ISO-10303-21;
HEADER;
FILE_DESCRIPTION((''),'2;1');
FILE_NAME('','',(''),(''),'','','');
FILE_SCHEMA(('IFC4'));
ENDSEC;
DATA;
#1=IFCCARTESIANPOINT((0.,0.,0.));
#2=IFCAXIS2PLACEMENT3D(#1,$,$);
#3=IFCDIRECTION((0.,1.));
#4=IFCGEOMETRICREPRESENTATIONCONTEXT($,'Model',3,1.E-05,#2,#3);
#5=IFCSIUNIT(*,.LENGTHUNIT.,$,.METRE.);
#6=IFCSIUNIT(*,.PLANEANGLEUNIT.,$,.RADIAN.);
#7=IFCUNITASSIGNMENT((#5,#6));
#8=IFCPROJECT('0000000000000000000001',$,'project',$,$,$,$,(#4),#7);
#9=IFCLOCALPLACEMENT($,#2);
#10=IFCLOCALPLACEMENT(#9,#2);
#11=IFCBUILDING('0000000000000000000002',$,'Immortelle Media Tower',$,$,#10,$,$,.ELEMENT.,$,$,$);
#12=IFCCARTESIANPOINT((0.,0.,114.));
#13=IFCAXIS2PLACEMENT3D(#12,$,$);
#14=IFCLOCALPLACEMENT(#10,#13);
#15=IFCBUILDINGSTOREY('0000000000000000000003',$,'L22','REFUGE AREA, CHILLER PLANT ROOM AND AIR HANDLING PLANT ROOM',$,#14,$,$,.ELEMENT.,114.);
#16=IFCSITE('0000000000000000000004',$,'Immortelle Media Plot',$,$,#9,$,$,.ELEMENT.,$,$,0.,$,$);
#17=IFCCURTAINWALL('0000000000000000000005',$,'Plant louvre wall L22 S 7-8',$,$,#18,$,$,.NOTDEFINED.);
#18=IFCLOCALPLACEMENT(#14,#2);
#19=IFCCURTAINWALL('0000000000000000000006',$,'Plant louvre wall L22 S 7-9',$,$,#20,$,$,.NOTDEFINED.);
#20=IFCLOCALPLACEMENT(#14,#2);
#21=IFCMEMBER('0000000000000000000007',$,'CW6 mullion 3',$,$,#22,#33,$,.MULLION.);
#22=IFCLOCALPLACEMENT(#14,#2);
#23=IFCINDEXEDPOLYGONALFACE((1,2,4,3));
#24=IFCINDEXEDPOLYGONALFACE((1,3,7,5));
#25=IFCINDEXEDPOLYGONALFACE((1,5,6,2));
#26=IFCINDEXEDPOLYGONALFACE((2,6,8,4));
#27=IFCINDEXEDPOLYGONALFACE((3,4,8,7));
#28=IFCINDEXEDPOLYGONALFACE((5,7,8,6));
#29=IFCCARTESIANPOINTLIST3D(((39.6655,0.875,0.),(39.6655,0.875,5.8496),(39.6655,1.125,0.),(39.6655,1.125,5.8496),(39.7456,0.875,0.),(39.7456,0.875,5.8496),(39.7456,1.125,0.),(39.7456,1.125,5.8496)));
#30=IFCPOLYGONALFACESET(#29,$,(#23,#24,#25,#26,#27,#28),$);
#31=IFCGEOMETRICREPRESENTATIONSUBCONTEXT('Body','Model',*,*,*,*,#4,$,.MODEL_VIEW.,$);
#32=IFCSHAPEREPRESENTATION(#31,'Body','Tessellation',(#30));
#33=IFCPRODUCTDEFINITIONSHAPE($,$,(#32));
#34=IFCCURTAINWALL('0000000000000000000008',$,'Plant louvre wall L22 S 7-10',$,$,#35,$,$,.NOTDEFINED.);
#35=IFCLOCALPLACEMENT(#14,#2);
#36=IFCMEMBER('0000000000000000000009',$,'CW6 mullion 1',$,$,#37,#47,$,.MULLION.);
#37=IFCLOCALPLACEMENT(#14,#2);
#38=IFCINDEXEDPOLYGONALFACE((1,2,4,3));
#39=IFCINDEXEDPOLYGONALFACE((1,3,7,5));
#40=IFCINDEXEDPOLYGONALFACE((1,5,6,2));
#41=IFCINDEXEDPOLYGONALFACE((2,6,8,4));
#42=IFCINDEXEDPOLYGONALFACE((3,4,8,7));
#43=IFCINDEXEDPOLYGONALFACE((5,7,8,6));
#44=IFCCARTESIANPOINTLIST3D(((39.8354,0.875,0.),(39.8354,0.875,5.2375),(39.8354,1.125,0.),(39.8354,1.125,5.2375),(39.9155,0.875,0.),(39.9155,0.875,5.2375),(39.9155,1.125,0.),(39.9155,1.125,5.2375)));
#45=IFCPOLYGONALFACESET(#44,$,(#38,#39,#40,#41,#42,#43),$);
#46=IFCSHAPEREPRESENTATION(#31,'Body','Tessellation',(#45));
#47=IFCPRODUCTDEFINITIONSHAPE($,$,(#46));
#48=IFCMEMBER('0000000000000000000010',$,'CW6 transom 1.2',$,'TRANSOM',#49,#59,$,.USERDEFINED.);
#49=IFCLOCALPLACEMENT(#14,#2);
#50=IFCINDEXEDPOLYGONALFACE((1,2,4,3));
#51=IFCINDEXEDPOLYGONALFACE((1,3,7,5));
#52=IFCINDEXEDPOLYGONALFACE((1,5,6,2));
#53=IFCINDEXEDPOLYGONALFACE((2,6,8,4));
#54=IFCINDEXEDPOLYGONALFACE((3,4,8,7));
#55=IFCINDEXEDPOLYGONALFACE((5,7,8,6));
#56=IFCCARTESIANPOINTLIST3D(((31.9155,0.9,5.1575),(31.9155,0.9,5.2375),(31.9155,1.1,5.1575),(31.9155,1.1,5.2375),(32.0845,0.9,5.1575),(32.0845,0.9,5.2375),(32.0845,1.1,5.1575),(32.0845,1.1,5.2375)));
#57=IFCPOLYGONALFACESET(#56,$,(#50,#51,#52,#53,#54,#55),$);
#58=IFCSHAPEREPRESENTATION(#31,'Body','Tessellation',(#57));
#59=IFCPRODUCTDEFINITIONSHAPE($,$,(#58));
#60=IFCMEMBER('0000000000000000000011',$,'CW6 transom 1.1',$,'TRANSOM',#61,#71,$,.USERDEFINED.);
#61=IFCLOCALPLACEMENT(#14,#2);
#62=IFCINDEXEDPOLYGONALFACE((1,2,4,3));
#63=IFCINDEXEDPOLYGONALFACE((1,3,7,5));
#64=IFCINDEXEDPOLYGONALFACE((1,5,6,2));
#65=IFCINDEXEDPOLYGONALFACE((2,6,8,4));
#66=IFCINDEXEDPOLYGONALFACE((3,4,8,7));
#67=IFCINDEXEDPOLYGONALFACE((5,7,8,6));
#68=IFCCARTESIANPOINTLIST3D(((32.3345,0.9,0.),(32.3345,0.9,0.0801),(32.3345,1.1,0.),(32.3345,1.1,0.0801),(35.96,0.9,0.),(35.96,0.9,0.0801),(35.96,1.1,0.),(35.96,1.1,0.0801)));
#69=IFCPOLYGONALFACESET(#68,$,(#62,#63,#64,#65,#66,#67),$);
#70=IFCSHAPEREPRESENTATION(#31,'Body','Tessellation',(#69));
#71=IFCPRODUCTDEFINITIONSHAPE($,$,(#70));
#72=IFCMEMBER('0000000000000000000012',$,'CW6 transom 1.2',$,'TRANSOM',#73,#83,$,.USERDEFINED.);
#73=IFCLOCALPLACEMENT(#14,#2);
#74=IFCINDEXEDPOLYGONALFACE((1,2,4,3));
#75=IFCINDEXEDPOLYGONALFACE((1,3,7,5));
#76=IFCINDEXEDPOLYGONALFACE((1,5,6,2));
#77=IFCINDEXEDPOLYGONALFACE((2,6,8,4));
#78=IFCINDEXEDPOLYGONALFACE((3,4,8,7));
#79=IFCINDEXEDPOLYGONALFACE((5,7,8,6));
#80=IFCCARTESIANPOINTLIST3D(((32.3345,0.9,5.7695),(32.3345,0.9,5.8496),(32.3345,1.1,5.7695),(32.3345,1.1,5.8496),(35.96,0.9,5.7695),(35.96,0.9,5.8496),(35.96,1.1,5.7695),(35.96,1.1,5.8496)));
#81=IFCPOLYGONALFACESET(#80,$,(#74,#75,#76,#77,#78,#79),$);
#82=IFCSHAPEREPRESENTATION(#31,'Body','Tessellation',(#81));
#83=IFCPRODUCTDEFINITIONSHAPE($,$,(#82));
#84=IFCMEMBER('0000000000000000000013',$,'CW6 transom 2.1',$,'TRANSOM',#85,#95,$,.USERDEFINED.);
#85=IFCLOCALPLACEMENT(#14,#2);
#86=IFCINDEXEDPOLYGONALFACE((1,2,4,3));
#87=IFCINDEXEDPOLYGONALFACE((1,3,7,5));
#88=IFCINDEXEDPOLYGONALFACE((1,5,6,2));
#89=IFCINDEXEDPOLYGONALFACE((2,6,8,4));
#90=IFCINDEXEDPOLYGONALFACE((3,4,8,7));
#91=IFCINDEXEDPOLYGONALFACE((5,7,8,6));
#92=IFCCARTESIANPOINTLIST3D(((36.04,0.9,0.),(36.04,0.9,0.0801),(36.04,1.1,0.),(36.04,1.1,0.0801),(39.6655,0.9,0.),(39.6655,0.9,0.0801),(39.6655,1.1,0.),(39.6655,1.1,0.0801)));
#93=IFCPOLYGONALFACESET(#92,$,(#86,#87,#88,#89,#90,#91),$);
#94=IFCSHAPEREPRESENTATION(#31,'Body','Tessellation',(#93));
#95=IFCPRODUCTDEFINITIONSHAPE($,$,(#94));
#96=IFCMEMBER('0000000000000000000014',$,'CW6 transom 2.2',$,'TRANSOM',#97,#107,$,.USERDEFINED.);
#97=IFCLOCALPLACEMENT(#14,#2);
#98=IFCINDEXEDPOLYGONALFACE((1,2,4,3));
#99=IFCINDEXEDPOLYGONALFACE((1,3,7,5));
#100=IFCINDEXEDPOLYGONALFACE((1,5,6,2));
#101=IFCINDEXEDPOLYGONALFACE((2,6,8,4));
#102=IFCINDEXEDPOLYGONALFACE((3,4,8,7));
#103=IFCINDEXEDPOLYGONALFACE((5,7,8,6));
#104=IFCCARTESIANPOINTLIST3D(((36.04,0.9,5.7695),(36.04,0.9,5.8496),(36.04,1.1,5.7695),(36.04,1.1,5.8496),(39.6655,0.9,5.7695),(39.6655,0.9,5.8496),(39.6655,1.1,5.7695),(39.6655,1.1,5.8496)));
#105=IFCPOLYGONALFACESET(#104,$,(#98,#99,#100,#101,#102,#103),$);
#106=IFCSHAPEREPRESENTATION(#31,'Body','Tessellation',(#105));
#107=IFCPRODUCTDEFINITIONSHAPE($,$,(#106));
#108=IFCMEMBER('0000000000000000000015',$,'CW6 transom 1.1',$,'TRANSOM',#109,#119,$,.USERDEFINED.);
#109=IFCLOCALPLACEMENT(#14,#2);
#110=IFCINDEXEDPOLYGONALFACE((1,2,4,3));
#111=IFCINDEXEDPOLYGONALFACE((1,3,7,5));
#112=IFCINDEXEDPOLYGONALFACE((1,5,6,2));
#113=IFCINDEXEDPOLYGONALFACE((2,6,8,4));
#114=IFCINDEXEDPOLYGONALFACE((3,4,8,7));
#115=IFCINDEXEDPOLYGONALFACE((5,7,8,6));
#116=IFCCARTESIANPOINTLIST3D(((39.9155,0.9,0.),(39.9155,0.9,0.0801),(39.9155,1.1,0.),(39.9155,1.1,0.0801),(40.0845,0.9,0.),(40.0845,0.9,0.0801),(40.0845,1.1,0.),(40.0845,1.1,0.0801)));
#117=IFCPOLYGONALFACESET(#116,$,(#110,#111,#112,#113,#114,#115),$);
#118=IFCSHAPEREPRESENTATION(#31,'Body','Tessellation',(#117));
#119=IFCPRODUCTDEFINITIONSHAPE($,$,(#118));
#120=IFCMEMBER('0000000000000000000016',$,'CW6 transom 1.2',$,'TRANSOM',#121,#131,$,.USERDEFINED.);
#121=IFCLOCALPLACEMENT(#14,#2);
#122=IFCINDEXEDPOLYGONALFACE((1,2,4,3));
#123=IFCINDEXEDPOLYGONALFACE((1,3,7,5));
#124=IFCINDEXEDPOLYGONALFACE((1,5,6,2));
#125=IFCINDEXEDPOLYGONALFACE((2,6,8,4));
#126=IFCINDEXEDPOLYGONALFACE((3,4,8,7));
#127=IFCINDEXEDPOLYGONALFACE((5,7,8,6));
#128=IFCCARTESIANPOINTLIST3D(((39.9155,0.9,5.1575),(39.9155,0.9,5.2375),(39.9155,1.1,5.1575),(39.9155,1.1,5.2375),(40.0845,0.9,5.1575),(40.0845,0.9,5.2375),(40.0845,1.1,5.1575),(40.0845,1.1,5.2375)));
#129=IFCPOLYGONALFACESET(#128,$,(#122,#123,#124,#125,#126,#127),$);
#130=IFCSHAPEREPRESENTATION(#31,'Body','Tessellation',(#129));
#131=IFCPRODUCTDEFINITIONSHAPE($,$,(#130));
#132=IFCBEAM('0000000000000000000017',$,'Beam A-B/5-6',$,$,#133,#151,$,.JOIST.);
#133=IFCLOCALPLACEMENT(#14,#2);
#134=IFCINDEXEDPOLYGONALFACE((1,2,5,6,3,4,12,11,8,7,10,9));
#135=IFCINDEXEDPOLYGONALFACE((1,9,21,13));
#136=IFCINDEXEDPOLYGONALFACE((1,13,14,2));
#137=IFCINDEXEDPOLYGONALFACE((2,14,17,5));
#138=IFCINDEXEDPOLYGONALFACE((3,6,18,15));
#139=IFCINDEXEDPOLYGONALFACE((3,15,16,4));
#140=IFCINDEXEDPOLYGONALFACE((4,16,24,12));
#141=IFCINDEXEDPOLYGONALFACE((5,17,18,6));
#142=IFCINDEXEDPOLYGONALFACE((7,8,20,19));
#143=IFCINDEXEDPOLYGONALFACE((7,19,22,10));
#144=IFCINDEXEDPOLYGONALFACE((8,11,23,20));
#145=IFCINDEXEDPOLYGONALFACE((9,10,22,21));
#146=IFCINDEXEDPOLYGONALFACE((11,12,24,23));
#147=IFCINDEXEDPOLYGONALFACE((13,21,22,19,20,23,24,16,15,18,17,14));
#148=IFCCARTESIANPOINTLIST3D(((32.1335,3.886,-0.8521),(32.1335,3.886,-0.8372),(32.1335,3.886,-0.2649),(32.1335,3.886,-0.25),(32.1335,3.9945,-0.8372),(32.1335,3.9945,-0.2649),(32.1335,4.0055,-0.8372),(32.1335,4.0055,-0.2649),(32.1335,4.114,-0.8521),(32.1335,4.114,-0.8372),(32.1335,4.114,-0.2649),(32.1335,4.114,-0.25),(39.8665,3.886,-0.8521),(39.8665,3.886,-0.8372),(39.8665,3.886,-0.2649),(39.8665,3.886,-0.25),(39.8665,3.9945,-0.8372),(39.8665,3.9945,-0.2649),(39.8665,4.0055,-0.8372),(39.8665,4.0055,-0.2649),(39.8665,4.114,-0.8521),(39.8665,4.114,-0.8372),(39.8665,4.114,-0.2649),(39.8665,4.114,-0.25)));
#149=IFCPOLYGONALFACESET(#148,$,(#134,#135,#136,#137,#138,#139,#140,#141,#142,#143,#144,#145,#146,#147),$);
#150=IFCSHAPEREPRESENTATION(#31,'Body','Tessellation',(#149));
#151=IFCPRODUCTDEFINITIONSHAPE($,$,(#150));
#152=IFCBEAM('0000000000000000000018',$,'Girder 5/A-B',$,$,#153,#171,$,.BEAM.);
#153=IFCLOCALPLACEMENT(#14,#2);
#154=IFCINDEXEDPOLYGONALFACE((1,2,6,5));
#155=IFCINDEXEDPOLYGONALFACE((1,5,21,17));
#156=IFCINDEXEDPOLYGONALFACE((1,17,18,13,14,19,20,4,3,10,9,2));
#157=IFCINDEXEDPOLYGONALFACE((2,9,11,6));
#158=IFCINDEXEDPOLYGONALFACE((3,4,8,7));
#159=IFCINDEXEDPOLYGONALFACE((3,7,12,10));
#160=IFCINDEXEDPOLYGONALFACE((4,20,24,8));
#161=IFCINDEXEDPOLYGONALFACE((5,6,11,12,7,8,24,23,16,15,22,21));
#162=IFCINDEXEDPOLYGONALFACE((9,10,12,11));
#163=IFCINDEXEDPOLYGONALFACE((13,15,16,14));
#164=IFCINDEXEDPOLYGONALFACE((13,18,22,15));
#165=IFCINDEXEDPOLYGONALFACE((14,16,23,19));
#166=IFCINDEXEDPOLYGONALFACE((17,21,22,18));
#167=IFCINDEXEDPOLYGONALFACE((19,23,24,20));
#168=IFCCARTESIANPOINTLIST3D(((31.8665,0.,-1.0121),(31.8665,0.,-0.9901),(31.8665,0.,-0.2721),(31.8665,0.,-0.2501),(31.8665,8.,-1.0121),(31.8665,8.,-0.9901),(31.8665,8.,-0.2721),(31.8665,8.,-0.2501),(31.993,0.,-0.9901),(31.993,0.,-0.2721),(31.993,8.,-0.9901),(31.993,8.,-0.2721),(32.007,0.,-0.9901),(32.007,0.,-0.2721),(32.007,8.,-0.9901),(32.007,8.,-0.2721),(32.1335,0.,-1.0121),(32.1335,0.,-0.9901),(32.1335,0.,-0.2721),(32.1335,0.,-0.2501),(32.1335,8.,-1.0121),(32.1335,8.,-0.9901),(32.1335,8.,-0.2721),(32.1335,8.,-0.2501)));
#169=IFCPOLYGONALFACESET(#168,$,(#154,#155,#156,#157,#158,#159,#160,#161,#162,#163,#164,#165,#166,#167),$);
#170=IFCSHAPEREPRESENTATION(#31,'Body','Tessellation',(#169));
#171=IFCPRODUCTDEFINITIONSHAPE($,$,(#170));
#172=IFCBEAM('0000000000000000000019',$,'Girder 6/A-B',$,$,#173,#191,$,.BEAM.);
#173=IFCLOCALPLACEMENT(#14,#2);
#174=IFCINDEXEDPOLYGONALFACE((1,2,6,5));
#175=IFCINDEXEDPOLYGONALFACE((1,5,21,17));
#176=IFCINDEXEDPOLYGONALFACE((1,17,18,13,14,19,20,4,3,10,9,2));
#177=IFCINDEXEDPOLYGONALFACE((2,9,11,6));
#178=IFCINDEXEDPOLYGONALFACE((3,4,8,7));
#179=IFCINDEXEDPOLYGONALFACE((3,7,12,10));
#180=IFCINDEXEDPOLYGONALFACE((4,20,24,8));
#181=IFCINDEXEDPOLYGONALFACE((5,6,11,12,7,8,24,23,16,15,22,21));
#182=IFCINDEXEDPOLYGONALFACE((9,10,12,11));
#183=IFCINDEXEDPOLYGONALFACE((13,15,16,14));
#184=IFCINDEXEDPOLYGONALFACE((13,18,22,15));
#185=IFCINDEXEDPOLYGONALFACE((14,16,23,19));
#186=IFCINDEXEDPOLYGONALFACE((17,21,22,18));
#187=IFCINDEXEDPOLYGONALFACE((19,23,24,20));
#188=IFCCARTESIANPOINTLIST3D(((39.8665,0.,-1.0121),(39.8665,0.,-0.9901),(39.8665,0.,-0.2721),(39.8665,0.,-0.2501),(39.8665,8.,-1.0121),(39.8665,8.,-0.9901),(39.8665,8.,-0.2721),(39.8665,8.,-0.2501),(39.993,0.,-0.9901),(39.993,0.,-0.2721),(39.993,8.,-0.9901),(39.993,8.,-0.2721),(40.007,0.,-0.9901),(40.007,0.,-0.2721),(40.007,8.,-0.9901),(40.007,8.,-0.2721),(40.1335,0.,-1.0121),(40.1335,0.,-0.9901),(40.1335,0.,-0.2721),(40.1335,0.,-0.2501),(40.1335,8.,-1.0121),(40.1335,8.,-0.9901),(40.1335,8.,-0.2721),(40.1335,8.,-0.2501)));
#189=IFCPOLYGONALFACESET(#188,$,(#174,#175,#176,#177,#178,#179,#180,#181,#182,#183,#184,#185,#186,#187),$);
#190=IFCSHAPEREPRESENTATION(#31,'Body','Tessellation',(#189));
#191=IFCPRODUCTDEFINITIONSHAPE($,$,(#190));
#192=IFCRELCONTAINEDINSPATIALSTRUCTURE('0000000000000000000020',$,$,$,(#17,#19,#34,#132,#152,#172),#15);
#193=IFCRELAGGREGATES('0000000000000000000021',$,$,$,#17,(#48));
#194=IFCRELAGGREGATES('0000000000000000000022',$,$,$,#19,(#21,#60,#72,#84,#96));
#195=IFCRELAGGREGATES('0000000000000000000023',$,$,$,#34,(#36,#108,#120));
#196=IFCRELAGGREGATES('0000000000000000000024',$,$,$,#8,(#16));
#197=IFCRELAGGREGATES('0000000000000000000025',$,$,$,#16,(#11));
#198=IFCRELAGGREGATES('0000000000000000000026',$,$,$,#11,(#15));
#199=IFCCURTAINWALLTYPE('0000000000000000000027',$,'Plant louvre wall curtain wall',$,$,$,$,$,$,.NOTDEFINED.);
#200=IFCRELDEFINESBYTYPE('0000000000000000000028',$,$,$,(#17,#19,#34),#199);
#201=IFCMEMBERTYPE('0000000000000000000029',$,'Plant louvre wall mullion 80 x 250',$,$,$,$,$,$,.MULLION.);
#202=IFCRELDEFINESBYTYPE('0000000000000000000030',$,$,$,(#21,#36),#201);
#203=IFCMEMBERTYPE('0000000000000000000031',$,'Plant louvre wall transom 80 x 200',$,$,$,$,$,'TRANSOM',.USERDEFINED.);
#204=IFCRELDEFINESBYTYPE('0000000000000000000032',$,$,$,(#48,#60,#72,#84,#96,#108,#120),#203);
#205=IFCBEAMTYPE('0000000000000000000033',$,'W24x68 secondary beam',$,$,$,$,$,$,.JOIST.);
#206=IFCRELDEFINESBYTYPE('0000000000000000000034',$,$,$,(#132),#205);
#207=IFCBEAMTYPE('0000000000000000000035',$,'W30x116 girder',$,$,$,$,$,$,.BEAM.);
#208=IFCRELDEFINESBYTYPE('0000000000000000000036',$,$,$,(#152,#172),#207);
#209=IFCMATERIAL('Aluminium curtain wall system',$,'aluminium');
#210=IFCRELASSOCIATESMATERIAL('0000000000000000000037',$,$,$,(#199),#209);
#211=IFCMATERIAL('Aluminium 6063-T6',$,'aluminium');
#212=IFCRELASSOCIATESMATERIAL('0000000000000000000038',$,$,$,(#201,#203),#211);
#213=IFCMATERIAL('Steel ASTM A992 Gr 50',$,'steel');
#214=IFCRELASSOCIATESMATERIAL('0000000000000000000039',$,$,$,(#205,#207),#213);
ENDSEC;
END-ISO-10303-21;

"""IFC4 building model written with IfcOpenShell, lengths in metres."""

from ifc_helpers import new_model, si_unit, direction, frame, origin, origin_2d, place, context, subcontext, project, spatial, rectangle, i_section, extrude, material, material_profile, profile_set, type_object, element, aggregate, save


model = new_model("IFC4")

# Units and contexts
model_context = context("Model", 3, precision=1e-05, world=origin(), true_north=direction((0.0, 1.0)))
body_context = subcontext(model_context, "Body", "Model", "MODEL_VIEW")
ifc_project = project(units=[si_unit("LENGTHUNIT", "METRE"), si_unit("PLANEANGLEUNIT", "RADIAN")], contexts=[model_context])

# Site, building, storey
site_placement = place(None, origin())
site = spatial("IfcSite", under=ifc_project, at=site_placement, Name="Immortelle Media Plot", CompositionType="ELEMENT", RefElevation=0.0)
building_placement = place(site_placement, origin())
building = spatial("IfcBuilding", under=site, at=building_placement, Name="Immortelle Media Tower", CompositionType="ELEMENT")
storey_placement = place(building_placement, frame((0.0, 0.0, 114.0)))
storey = spatial("IfcBuildingStorey", under=building, at=storey_placement, Name="L22", Description="REFUGE AREA, CHILLER PLANT ROOM AND AIR HANDLING PLANT ROOM", CompositionType="ELEMENT", Elevation=114.0)

# Shared definitions
ifc_material_1 = material(Name="Steel ASTM A992 Gr 50", Category="steel")

# Curtain wall
ifc_material_2 = material(Name="Aluminium curtain wall system", Category="aluminium")
curtain_wall_type = type_object("IfcCurtainWallType", Name="Plant louvre wall curtain wall", PredefinedType="NOTDEFINED", material=ifc_material_2)
curtain_wall_1_placement = place(storey_placement, origin())
curtain_wall_1 = element("IfcCurtainWall", 1, at=curtain_wall_1_placement, inside=storey, type_object=curtain_wall_type, Name="Plant louvre wall L22 S 7-8", PredefinedType="NOTDEFINED")
ifc_material_3 = material(Name="Aluminium 6063-T6", Category="aluminium")
ifc_material_profile_1 = material_profile(ifc_material_3, rectangle(XDim=0.25, YDim=0.0801, at=origin_2d()), Name="AL 80x250")
ifc_profile_set_1 = profile_set([ifc_material_profile_1], Name="Aluminium 6063-T6")
member_type_1 = type_object("IfcMemberType", Name="Plant louvre wall mullion 80 x 250", PredefinedType="MULLION", material=ifc_profile_set_1)

# Curtain wall, member
curtain_wall_2_placement = place(storey_placement, origin())
curtain_wall_2 = element("IfcCurtainWall", 2, at=curtain_wall_2_placement, inside=storey, type_object=curtain_wall_type, Name="Plant louvre wall L22 S 7-9", PredefinedType="NOTDEFINED")
member_1_placement = place(storey_placement, frame((39.7056, 1.0, 0.0), z_axis=(0.0, 0.0, 1.0), x_axis=(0.0, 1.0, 0.0)))
member_1 = element("IfcMember", 3, at=member_1_placement, type_object=member_type_1, Name="CW6 mullion 3", PredefinedType="MULLION", context=body_context, shape_type="SweptSolid", body=[
    extrude(rectangle(XDim=0.25, YDim=0.0801, at=origin_2d()), origin(), (0.0, 0.0, 1.0), 5.8496),
])

# Curtain wall, member
curtain_wall_3_placement = place(storey_placement, origin())
curtain_wall_3 = element("IfcCurtainWall", 4, at=curtain_wall_3_placement, inside=storey, type_object=curtain_wall_type, Name="Plant louvre wall L22 S 7-10", PredefinedType="NOTDEFINED")
member_2_placement = place(storey_placement, frame((39.8755, 1.0, 0.0), z_axis=(0.0, 0.0, 1.0), x_axis=(0.0, 1.0, 0.0)))
member_2 = element("IfcMember", 5, at=member_2_placement, type_object=member_type_1, Name="CW6 mullion 1", PredefinedType="MULLION", context=body_context, shape_type="SweptSolid", body=[
    extrude(rectangle(XDim=0.25, YDim=0.0801, at=origin_2d()), origin(), (0.0, 0.0, 1.0), 5.2375),
])

# Members
ifc_material_profile_2 = material_profile(ifc_material_3, rectangle(XDim=0.2, YDim=0.0801, at=origin_2d()), Name="AL 80x200")
ifc_profile_set_2 = profile_set([ifc_material_profile_2], Name="Aluminium 6063-T6")
member_type_2 = type_object("IfcMemberType", Name="Plant louvre wall transom 80 x 200", ElementType="TRANSOM", PredefinedType="USERDEFINED", material=ifc_profile_set_2)
member_3_placement = place(storey_placement, frame((31.9155, 1.0, 5.1975), z_axis=(1.0, 0.0, 0.0), x_axis=(0.0, 1.0, 0.0)))
member_3 = element("IfcMember", 6, at=member_3_placement, type_object=member_type_2, Name="CW6 transom 1.2", ObjectType="TRANSOM", PredefinedType="USERDEFINED", context=body_context, shape_type="SweptSolid", body=[
    extrude(rectangle(XDim=0.2, YDim=0.0801, at=origin_2d()), origin(), (0.0, 0.0, 1.0), 0.1689),
])
member_4_placement = place(storey_placement, frame((32.3345, 1.0, 0.04), z_axis=(1.0, 0.0, 0.0), x_axis=(0.0, 1.0, 0.0)))
member_4 = element("IfcMember", 7, at=member_4_placement, type_object=member_type_2, Name="CW6 transom 1.1", ObjectType="TRANSOM", PredefinedType="USERDEFINED", context=body_context, shape_type="SweptSolid", body=[
    extrude(rectangle(XDim=0.2, YDim=0.0801, at=origin_2d()), origin(), (0.0, 0.0, 1.0), 3.6255),
])
member_5_placement = place(storey_placement, frame((32.3345, 1.0, 5.8096), z_axis=(1.0, 0.0, 0.0), x_axis=(0.0, 1.0, 0.0)))
member_5 = element("IfcMember", 8, at=member_5_placement, type_object=member_type_2, Name="CW6 transom 1.2", ObjectType="TRANSOM", PredefinedType="USERDEFINED", context=body_context, shape_type="SweptSolid", body=[
    extrude(rectangle(XDim=0.2, YDim=0.0801, at=origin_2d()), origin(), (0.0, 0.0, 1.0), 3.6255),
])
member_6_placement = place(storey_placement, frame((36.04, 1.0, 0.04), z_axis=(1.0, 0.0, 0.0), x_axis=(0.0, 1.0, 0.0)))
member_6 = element("IfcMember", 9, at=member_6_placement, type_object=member_type_2, Name="CW6 transom 2.1", ObjectType="TRANSOM", PredefinedType="USERDEFINED", context=body_context, shape_type="SweptSolid", body=[
    extrude(rectangle(XDim=0.2, YDim=0.0801, at=origin_2d()), origin(), (0.0, 0.0, 1.0), 3.6255),
])
member_7_placement = place(storey_placement, frame((36.04, 1.0, 5.8096), z_axis=(1.0, 0.0, 0.0), x_axis=(0.0, 1.0, 0.0)))
member_7 = element("IfcMember", 10, at=member_7_placement, type_object=member_type_2, Name="CW6 transom 2.2", ObjectType="TRANSOM", PredefinedType="USERDEFINED", context=body_context, shape_type="SweptSolid", body=[
    extrude(rectangle(XDim=0.2, YDim=0.0801, at=origin_2d()), origin(), (0.0, 0.0, 1.0), 3.6255),
])
member_8_placement = place(storey_placement, frame((39.9155, 1.0, 0.04), z_axis=(1.0, 0.0, 0.0), x_axis=(0.0, 1.0, 0.0)))
member_8 = element("IfcMember", 11, at=member_8_placement, type_object=member_type_2, Name="CW6 transom 1.1", ObjectType="TRANSOM", PredefinedType="USERDEFINED", context=body_context, shape_type="SweptSolid", body=[
    extrude(rectangle(XDim=0.2, YDim=0.0801, at=origin_2d()), origin(), (0.0, 0.0, 1.0), 0.1689),
])
member_9_placement = place(storey_placement, frame((39.9155, 1.0, 5.1975), z_axis=(1.0, 0.0, 0.0), x_axis=(0.0, 1.0, 0.0)))
member_9 = element("IfcMember", 12, at=member_9_placement, type_object=member_type_2, Name="CW6 transom 1.2", ObjectType="TRANSOM", PredefinedType="USERDEFINED", context=body_context, shape_type="SweptSolid", body=[
    extrude(rectangle(XDim=0.2, YDim=0.0801, at=origin_2d()), origin(), (0.0, 0.0, 1.0), 0.1689),
])

# Beams
ifc_material_profile_3 = material_profile(ifc_material_1, i_section(OverallWidth=0.228, OverallDepth=0.6021, WebThickness=0.011, FlangeThickness=0.0149, at=origin_2d()), Name="W24x68")
ifc_profile_set_3 = profile_set([ifc_material_profile_3], Name="Steel ASTM A992 Gr 50")
beam_type_1 = type_object("IfcBeamType", Name="W24x68 secondary beam", PredefinedType="JOIST", material=ifc_profile_set_3)
beam_1_placement = place(storey_placement, frame((32.1335, 4.0, -0.551), z_axis=(1.0, 0.0, 0.0), x_axis=(0.0, 1.0, 0.0)))
element("IfcBeam", 13, at=beam_1_placement, inside=storey, type_object=beam_type_1, Name="Beam A-B/5-6", PredefinedType="JOIST", context=body_context, shape_type="SweptSolid", body=[
    extrude(i_section(OverallWidth=0.228, OverallDepth=0.6021, WebThickness=0.011, FlangeThickness=0.0149, at=origin_2d()), origin(), (0.0, 0.0, 1.0), 7.7329),
])
ifc_material_profile_4 = material_profile(ifc_material_1, i_section(OverallWidth=0.2671, OverallDepth=0.762, WebThickness=0.0139, FlangeThickness=0.022, at=origin_2d()), Name="W30x116")
ifc_profile_set_4 = profile_set([ifc_material_profile_4], Name="Steel ASTM A992 Gr 50")
beam_type_2 = type_object("IfcBeamType", Name="W30x116 girder", PredefinedType="BEAM", material=ifc_profile_set_4)
for number, where, z_axis, x_axis, name in (
    (14, (32.0, 0.0, -0.6311), (0.0, 1.0, 0.0), (-1.0, 0.0, 0.0), "Girder 5/A-B"),
    (15, (40.0, 0.0, -0.6311), (0.0, 1.0, 0.0), (-1.0, 0.0, 0.0), "Girder 6/A-B"),
):
    element("IfcBeam", number, at=place(storey_placement, frame(where, z_axis=z_axis, x_axis=x_axis)), inside=storey, type_object=beam_type_2, Name=name, PredefinedType="BEAM", context=body_context, shape_type="SweptSolid", body=[
        extrude(i_section(OverallWidth=0.2671, OverallDepth=0.762, WebThickness=0.0139, FlangeThickness=0.022, at=origin_2d()), origin(), (0.0, 0.0, 1.0), 8.0),
    ])

aggregate(curtain_wall_1, [member_3])
aggregate(curtain_wall_2, [member_1, member_4, member_5, member_6, member_7])
aggregate(curtain_wall_3, [member_2, member_8, member_9])

save(model, "model.ifc")
